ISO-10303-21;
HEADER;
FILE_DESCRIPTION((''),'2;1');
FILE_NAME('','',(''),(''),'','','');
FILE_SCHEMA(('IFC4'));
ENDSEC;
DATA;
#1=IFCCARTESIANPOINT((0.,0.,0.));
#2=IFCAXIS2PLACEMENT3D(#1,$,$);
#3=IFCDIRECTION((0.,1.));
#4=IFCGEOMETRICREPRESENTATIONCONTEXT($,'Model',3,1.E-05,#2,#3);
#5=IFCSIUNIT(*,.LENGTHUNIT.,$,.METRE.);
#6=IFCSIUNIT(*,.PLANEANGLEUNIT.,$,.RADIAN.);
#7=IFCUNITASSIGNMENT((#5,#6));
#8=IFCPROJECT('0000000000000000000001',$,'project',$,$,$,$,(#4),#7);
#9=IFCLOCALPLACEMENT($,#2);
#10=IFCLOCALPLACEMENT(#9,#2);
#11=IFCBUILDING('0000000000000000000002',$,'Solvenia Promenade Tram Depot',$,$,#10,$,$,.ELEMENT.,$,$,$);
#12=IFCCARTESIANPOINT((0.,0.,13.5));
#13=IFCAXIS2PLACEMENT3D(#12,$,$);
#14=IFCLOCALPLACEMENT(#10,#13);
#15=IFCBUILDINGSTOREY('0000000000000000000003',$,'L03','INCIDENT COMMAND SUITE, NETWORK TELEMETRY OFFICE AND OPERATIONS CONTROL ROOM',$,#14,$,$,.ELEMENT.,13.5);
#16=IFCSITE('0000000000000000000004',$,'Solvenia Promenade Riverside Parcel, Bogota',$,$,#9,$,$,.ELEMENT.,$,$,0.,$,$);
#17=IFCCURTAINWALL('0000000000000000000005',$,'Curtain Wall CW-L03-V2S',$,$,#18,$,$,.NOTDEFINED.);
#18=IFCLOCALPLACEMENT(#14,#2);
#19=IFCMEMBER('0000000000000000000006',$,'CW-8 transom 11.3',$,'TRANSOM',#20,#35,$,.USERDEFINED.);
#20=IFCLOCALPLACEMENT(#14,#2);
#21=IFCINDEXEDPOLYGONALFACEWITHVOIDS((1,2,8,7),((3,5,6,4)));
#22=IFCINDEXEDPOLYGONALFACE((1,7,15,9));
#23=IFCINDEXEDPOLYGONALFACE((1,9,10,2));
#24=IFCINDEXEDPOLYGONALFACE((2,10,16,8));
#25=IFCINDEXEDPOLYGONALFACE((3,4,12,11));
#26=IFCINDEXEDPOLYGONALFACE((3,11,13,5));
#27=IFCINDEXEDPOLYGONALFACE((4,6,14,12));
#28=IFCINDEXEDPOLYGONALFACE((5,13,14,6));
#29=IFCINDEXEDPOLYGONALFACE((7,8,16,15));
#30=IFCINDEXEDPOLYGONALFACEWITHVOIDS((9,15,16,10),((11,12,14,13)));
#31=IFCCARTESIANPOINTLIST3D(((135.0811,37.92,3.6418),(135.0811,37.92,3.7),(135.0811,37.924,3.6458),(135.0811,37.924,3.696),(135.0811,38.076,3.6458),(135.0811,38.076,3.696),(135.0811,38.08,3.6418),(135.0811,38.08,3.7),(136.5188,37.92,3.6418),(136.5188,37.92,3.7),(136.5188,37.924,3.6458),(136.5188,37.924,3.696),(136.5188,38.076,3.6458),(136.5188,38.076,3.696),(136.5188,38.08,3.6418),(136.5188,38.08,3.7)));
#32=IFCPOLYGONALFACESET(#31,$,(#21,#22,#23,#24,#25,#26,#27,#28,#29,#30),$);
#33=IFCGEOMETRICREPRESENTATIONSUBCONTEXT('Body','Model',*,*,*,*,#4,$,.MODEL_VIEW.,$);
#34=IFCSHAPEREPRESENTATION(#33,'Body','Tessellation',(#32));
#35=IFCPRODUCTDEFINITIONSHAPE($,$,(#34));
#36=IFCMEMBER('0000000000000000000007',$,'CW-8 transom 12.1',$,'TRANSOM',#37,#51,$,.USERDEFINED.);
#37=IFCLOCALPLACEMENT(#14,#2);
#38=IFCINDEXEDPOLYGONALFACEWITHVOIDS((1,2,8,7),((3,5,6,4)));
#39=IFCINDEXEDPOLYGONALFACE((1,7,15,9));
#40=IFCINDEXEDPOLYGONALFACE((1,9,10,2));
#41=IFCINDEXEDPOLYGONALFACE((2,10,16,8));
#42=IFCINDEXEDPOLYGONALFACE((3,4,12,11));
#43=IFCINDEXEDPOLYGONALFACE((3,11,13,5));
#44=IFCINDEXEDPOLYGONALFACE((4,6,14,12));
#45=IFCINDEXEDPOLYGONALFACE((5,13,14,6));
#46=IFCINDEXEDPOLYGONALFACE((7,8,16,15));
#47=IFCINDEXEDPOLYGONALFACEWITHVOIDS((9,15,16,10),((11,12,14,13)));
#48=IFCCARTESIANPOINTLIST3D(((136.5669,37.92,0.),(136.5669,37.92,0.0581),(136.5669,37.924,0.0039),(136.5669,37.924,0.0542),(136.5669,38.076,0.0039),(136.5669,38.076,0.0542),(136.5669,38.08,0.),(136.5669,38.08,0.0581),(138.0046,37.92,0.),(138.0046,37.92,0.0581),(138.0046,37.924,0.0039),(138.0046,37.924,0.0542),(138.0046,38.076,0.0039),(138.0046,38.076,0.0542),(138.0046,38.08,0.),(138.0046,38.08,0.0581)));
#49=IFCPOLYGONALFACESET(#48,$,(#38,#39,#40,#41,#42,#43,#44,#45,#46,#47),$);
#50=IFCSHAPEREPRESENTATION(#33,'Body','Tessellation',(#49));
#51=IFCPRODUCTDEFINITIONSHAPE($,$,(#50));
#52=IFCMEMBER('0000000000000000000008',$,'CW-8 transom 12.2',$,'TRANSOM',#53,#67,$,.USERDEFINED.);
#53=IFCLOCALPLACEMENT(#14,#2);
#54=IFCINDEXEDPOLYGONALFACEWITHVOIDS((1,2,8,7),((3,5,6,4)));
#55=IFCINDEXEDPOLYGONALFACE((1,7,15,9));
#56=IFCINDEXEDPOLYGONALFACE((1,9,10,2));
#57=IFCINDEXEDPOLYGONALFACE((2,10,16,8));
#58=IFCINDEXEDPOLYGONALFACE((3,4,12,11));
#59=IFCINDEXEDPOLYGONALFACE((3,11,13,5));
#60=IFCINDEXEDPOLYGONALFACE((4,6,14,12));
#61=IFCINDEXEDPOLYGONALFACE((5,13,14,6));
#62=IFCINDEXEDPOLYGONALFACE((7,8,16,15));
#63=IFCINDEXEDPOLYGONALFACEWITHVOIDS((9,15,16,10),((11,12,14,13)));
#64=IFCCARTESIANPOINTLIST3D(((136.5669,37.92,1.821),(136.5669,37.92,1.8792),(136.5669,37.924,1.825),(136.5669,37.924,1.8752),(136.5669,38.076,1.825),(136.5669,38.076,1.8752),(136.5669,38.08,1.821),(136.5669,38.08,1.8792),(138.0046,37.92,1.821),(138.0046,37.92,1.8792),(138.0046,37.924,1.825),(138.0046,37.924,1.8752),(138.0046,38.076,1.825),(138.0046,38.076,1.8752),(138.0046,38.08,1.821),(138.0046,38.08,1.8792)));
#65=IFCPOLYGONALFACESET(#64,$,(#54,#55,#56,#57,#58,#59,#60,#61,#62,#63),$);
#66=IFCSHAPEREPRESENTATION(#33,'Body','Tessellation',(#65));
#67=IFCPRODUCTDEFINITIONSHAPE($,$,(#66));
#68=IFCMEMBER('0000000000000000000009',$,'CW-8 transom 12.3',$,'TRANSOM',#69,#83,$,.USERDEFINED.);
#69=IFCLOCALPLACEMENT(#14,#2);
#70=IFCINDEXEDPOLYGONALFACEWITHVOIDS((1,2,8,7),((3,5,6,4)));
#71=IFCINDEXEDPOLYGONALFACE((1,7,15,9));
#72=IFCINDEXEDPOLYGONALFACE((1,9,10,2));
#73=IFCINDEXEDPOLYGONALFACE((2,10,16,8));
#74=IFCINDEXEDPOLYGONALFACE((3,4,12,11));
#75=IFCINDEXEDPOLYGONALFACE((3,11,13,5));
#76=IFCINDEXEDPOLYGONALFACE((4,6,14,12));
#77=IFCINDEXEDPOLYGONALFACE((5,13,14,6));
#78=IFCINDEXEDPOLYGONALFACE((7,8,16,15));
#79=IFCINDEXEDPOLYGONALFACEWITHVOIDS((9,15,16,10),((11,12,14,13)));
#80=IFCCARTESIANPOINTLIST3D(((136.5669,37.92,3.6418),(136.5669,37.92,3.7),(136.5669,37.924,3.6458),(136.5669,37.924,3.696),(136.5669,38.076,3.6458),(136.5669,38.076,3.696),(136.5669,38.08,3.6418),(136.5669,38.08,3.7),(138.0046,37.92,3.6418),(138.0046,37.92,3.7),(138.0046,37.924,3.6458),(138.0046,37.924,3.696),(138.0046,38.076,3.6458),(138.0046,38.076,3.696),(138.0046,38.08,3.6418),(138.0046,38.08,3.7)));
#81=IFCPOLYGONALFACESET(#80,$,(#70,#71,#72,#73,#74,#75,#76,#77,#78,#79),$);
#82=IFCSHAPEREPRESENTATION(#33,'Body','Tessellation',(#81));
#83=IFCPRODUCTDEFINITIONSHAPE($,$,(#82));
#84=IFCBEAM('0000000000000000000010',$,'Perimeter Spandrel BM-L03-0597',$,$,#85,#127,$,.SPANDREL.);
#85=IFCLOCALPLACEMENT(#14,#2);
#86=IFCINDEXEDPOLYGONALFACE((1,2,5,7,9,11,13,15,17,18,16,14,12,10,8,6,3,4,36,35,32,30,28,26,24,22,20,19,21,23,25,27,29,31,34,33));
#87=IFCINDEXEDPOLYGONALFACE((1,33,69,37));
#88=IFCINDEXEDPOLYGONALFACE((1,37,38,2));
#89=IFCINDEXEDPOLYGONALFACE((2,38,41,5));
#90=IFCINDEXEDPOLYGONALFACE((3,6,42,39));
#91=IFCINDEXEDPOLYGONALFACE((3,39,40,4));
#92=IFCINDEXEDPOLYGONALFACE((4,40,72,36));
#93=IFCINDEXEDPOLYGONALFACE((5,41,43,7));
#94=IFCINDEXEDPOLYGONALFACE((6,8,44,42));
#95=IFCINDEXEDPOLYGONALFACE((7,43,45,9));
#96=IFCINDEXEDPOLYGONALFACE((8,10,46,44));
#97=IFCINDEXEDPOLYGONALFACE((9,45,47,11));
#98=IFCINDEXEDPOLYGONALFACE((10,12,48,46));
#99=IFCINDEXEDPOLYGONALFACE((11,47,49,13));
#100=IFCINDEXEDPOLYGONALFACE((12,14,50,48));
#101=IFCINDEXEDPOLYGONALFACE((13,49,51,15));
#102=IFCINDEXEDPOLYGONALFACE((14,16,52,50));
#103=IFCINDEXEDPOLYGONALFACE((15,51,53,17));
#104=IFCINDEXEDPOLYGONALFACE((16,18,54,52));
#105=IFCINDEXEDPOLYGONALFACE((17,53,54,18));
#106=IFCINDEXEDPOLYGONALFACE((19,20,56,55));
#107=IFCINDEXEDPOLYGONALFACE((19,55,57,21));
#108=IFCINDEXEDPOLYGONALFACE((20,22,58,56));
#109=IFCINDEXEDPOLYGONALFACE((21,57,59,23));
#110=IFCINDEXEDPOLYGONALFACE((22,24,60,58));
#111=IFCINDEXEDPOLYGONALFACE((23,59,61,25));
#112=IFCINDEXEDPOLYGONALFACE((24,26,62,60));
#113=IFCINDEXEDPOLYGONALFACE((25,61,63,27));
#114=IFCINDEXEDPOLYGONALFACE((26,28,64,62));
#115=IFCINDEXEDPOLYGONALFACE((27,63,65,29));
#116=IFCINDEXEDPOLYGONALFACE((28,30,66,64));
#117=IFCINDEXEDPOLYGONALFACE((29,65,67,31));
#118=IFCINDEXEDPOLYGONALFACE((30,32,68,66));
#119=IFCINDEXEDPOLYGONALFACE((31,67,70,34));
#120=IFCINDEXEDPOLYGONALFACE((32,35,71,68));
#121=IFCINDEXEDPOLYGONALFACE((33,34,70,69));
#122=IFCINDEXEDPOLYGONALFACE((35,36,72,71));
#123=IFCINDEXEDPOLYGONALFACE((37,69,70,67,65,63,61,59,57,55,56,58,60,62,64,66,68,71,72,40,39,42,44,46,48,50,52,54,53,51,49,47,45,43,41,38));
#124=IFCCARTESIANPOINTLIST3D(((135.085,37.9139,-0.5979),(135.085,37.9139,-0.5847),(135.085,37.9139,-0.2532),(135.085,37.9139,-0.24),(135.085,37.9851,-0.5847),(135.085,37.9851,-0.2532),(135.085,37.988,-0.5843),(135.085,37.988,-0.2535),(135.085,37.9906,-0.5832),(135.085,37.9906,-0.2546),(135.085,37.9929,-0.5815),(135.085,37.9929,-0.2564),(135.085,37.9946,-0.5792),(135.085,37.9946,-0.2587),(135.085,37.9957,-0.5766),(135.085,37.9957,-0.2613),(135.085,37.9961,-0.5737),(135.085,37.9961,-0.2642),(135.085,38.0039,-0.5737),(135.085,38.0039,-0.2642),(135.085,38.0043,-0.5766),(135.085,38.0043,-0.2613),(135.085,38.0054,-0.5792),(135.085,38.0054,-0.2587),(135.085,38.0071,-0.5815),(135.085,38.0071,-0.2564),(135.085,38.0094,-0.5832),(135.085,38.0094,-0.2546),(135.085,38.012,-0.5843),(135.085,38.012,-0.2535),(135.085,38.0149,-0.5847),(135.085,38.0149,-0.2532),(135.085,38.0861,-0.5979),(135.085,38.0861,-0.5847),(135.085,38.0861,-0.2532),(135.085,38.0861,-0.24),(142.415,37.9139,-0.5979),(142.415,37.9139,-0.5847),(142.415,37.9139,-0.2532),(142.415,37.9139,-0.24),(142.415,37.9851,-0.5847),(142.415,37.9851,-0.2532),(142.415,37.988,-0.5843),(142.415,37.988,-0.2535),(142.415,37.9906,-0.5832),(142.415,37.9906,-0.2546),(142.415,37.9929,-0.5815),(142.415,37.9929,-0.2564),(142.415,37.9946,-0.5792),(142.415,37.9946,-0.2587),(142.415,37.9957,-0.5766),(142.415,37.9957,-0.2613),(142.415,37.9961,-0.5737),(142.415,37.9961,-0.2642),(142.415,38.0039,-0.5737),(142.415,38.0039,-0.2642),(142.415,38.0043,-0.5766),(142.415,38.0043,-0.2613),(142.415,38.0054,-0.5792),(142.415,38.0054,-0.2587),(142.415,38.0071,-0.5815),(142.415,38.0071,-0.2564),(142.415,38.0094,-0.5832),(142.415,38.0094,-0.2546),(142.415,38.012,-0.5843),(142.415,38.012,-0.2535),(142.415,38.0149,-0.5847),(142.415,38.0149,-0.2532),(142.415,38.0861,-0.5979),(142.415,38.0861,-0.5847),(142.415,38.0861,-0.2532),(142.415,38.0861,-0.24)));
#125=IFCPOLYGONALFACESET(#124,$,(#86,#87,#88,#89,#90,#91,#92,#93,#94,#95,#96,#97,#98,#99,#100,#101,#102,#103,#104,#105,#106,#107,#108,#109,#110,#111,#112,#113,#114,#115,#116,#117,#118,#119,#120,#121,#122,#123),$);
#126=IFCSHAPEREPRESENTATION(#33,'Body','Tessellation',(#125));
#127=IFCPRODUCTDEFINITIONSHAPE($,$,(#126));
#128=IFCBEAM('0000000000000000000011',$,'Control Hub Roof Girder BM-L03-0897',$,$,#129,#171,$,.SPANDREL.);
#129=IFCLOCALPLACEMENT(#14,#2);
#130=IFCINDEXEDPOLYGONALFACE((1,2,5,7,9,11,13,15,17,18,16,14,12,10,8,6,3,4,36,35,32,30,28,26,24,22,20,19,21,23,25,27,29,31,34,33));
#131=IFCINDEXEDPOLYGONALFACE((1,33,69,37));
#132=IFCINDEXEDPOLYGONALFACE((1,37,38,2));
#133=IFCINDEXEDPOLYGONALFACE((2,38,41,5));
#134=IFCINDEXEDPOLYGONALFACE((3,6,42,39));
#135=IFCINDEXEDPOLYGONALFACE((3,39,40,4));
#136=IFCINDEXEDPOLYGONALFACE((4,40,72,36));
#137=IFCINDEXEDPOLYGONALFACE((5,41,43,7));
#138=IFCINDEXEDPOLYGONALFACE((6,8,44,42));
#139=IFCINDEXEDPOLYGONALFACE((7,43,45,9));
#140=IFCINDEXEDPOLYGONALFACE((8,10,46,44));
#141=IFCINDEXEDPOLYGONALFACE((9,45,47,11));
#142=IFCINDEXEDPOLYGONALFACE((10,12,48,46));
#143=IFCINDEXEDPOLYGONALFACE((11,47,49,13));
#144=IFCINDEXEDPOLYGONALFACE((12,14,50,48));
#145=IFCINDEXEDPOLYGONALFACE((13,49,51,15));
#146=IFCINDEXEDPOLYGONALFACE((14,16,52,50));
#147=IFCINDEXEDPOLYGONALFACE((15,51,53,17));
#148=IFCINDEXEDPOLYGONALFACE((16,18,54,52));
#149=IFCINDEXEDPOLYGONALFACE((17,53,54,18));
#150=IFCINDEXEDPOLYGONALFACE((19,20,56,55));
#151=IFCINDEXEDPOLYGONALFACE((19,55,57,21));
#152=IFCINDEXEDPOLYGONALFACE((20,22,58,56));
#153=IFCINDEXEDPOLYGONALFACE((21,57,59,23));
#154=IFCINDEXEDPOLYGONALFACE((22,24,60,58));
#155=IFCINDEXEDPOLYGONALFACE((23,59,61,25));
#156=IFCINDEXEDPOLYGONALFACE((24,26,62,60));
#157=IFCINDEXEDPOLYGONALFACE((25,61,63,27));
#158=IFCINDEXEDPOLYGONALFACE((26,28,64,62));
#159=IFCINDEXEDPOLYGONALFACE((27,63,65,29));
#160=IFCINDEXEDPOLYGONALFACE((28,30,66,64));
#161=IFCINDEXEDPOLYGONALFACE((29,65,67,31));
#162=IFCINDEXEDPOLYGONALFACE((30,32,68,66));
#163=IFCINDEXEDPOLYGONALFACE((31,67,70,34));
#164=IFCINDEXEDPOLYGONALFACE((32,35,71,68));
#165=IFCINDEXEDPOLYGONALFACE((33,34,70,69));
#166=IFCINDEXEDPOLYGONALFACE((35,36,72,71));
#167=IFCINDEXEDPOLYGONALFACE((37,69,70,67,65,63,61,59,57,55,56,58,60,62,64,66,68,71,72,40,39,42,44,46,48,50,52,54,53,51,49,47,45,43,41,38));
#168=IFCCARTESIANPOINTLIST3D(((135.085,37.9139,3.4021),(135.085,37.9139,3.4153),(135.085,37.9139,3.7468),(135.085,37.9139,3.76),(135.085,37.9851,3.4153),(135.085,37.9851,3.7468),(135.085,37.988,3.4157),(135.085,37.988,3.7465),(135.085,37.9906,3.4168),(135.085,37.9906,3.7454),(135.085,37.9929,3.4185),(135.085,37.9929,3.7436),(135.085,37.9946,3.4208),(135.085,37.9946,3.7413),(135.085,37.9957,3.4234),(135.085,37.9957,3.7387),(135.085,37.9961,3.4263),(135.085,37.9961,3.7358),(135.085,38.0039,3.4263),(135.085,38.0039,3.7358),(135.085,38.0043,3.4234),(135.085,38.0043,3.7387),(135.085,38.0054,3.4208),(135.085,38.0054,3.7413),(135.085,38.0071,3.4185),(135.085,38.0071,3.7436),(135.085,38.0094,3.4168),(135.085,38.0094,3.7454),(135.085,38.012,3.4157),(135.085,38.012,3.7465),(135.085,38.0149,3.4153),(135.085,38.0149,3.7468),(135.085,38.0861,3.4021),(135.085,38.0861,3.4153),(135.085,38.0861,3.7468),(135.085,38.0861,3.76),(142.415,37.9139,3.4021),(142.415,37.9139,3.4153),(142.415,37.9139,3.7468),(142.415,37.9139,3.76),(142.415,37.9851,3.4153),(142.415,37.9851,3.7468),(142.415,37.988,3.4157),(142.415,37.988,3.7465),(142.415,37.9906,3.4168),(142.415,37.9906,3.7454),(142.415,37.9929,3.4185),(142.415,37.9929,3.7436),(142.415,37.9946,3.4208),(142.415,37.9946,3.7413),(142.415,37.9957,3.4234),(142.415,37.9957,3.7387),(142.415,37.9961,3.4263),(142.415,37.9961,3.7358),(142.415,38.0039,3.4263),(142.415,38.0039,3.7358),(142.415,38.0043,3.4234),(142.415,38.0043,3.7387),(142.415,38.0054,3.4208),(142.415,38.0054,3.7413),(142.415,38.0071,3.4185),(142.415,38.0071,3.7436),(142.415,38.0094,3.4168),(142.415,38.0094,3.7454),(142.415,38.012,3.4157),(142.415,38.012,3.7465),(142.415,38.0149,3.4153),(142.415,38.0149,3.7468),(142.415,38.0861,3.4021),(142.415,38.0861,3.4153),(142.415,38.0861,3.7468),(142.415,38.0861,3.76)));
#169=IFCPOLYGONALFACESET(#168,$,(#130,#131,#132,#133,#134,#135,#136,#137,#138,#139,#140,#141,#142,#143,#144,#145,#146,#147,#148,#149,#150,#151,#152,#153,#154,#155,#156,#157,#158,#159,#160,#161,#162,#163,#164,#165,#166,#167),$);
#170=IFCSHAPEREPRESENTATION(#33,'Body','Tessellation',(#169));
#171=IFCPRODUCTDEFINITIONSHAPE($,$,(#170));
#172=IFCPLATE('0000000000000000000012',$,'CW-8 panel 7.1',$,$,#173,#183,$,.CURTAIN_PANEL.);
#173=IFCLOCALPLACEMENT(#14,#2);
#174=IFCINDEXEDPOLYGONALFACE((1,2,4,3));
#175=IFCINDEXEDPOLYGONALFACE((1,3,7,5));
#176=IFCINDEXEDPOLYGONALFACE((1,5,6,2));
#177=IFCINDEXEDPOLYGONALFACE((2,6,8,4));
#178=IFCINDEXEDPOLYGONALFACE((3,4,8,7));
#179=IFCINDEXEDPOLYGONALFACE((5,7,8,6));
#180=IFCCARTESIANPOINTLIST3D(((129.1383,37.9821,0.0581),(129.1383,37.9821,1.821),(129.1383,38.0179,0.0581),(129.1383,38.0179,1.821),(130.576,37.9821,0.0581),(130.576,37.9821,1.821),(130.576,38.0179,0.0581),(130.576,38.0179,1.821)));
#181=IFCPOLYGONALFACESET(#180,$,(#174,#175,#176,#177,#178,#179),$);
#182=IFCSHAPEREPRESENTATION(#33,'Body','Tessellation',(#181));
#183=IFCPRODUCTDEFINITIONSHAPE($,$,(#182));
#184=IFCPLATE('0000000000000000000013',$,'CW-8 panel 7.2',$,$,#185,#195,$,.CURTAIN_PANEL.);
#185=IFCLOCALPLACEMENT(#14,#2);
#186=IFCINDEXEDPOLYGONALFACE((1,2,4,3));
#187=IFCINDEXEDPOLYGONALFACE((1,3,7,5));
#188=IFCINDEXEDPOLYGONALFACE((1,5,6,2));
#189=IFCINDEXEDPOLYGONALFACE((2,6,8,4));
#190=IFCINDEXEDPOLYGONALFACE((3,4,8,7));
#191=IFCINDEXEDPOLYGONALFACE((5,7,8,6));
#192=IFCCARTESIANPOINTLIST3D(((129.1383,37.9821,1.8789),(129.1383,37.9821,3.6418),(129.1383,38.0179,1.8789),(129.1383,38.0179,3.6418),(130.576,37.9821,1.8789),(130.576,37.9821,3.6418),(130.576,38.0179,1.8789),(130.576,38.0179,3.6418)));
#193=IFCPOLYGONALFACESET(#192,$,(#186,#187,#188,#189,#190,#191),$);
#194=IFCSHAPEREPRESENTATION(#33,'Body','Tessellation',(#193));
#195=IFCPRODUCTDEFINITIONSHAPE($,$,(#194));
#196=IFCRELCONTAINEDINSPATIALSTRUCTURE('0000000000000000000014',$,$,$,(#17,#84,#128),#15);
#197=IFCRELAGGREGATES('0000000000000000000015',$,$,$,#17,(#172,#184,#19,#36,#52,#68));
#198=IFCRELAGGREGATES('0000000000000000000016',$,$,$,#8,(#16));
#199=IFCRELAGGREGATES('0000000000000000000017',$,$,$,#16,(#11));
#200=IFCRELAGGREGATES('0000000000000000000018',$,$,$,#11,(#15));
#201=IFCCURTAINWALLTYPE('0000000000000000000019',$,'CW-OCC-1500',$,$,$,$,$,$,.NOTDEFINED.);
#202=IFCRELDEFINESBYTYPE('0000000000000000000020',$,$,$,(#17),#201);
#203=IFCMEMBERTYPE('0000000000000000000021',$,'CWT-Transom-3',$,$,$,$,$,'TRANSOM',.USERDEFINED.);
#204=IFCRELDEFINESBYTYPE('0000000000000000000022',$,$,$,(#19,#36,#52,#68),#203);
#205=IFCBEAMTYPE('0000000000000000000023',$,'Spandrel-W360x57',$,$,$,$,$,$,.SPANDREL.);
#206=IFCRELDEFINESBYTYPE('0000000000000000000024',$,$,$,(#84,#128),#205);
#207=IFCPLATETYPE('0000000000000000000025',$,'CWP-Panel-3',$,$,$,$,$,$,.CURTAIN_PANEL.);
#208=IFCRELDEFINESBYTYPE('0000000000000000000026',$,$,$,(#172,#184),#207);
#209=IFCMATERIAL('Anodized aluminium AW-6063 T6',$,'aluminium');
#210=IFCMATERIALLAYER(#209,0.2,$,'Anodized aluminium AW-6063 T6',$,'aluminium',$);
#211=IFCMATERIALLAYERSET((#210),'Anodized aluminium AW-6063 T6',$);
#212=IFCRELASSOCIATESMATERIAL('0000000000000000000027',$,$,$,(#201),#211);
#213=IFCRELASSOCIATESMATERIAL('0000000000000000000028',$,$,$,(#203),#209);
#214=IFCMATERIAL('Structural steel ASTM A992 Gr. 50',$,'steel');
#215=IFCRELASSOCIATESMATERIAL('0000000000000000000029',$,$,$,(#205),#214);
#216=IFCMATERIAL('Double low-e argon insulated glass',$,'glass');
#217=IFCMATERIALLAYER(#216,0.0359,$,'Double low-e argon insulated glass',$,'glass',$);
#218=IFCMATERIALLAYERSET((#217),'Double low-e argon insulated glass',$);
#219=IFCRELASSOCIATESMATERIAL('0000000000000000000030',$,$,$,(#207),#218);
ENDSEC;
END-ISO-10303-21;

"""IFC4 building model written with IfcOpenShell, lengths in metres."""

from ifc_helpers import new_model, si_unit, direction, frame, origin, origin_2d, place, context, subcontext, project, spatial, rectangle, hollow_rectangle, i_section, extrude, material, layer, layer_set, material_profile, profile_set, type_object, element, aggregate, save


model = new_model("IFC4")

# Units and contexts
model_context = context("Model", 3, precision=1e-05, world=origin(), true_north=direction((0.0, 1.0)))
body_context = subcontext(model_context, "Body", "Model", "MODEL_VIEW")
ifc_project = project(units=[si_unit("LENGTHUNIT", "METRE"), si_unit("PLANEANGLEUNIT", "RADIAN")], contexts=[model_context])

# Site, building, storey
site_placement = place(None, origin())
site = spatial("IfcSite", under=ifc_project, at=site_placement, Name="Solvenia Promenade Riverside Parcel, Bogota", CompositionType="ELEMENT", RefElevation=0.0)
building_placement = place(site_placement, origin())
building = spatial("IfcBuilding", under=site, at=building_placement, Name="Solvenia Promenade Tram Depot", CompositionType="ELEMENT")
storey_placement = place(building_placement, frame((0.0, 0.0, 13.5)))
storey = spatial("IfcBuildingStorey", under=building, at=storey_placement, Name="L03", Description="INCIDENT COMMAND SUITE, NETWORK TELEMETRY OFFICE AND OPERATIONS CONTROL ROOM", CompositionType="ELEMENT", Elevation=13.5)

# Shared definitions
ifc_material_1 = material(Name="Structural steel ASTM A992 Gr. 50", Category="steel")

# Curtain wall, members
ifc_material_2 = material(Name="Anodized aluminium AW-6063 T6", Category="aluminium")
ifc_layer_1 = layer(ifc_material_2, 0.2, Name="Anodized aluminium AW-6063 T6", Category="aluminium")
ifc_layer_set_1 = layer_set([ifc_layer_1], Name="Anodized aluminium AW-6063 T6")
curtain_wall_type = type_object("IfcCurtainWallType", Name="CW-OCC-1500", PredefinedType="NOTDEFINED", material=ifc_layer_set_1)
curtain_wall_placement = place(storey_placement, origin())
curtain_wall = element("IfcCurtainWall", 1, at=curtain_wall_placement, inside=storey, type_object=curtain_wall_type, Name="Curtain Wall CW-L03-V2S", PredefinedType="NOTDEFINED")
ifc_material_profile_1 = material_profile(ifc_material_2, hollow_rectangle(XDim=0.1599, YDim=0.0581, WallThickness=0.0039, at=origin_2d()), Name="ALU-T3", Category="aluminium")
ifc_profile_set_1 = profile_set([ifc_material_profile_1], Name="Anodized aluminium AW-6063 T6")
member_type_1 = type_object("IfcMemberType", Name="CWT-Transom-3", ElementType="TRANSOM", PredefinedType="USERDEFINED", material=ifc_profile_set_1)
member_1_placement = place(storey_placement, frame((135.0811, 38.0, 3.6709), z_axis=(1.0, 0.0, 0.0), x_axis=(0.0, 1.0, 0.0)))
member_1 = element("IfcMember", 2, at=member_1_placement, type_object=member_type_1, Name="CW-8 transom 11.3", ObjectType="TRANSOM", PredefinedType="USERDEFINED", context=body_context, shape_type="SweptSolid", body=[
    extrude(hollow_rectangle(XDim=0.1599, YDim=0.0581, WallThickness=0.0039, at=origin_2d()), origin(), (0.0, 0.0, 1.0), 1.4377),
])
member_2_placement = place(storey_placement, frame((136.5669, 38.0, 0.0291), z_axis=(1.0, 0.0, 0.0), x_axis=(0.0, 1.0, 0.0)))
member_2 = element("IfcMember", 3, at=member_2_placement, type_object=member_type_1, Name="CW-8 transom 12.1", ObjectType="TRANSOM", PredefinedType="USERDEFINED", context=body_context, shape_type="SweptSolid", body=[
    extrude(hollow_rectangle(XDim=0.1599, YDim=0.0581, WallThickness=0.0039, at=origin_2d()), origin(), (0.0, 0.0, 1.0), 1.4377),
])
member_3_placement = place(storey_placement, frame((136.5669, 38.0, 1.8501), z_axis=(1.0, 0.0, 0.0), x_axis=(0.0, 1.0, 0.0)))
member_3 = element("IfcMember", 4, at=member_3_placement, type_object=member_type_1, Name="CW-8 transom 12.2", ObjectType="TRANSOM", PredefinedType="USERDEFINED", context=body_context, shape_type="SweptSolid", body=[
    extrude(hollow_rectangle(XDim=0.1599, YDim=0.0581, WallThickness=0.0039, at=origin_2d()), origin(), (0.0, 0.0, 1.0), 1.4377),
])
member_4_placement = place(storey_placement, frame((136.5669, 38.0, 3.6709), z_axis=(1.0, 0.0, 0.0), x_axis=(0.0, 1.0, 0.0)))
member_4 = element("IfcMember", 5, at=member_4_placement, type_object=member_type_1, Name="CW-8 transom 12.3", ObjectType="TRANSOM", PredefinedType="USERDEFINED", context=body_context, shape_type="SweptSolid", body=[
    extrude(hollow_rectangle(XDim=0.1599, YDim=0.0581, WallThickness=0.0039, at=origin_2d()), origin(), (0.0, 0.0, 1.0), 1.4377),
])

# Beams
ifc_material_profile_2 = material_profile(ifc_material_1, i_section(OverallWidth=0.1721, OverallDepth=0.3579, WebThickness=0.0078, FlangeThickness=0.0132, FilletRadius=0.011, at=origin_2d()), Name="W360x57", Category="steel")
ifc_profile_set_2 = profile_set([ifc_material_profile_2], Name="Structural steel ASTM A992 Gr. 50")
beam_type = type_object("IfcBeamType", Name="Spandrel-W360x57", PredefinedType="SPANDREL", material=ifc_profile_set_2)
for number, where, z_axis, x_axis, name in (
    (6, (135.085, 38.0, -0.4189), (1.0, 0.0, 0.0), (0.0, 1.0, 0.0), "Perimeter Spandrel BM-L03-0597"),
    (7, (135.085, 38.0, 3.5811), (1.0, 0.0, 0.0), (0.0, 1.0, 0.0), "Control Hub Roof Girder BM-L03-0897"),
):
    element("IfcBeam", number, at=place(storey_placement, frame(where, z_axis=z_axis, x_axis=x_axis)), inside=storey, type_object=beam_type, Name=name, PredefinedType="SPANDREL", context=body_context, shape_type="SweptSolid", body=[
        extrude(i_section(OverallWidth=0.1721, OverallDepth=0.3579, WebThickness=0.0078, FlangeThickness=0.0132, FilletRadius=0.011, at=origin_2d()), origin(), (0.0, 0.0, 1.0), 7.3301),
    ])

# Plates
ifc_material_3 = material(Name="Double low-e argon insulated glass", Category="glass")
ifc_layer_2 = layer(ifc_material_3, 0.0359, Name="Double low-e argon insulated glass", Category="glass")
ifc_layer_set_2 = layer_set([ifc_layer_2], Name="Double low-e argon insulated glass")
plate_type = type_object("IfcPlateType", Name="CWP-Panel-3", PredefinedType="CURTAIN_PANEL", material=ifc_layer_set_2)
plate_1_placement = place(storey_placement, frame((129.8572, 38.0, 0.0581), z_axis=(0.0, 0.0, 1.0), x_axis=(1.0, 0.0, 0.0)))
plate_1 = element("IfcPlate", 8, at=plate_1_placement, type_object=plate_type, Name="CW-8 panel 7.1", PredefinedType="CURTAIN_PANEL", context=body_context, shape_type="SweptSolid", body=[
    extrude(rectangle(XDim=1.4377, YDim=0.0359, at=origin_2d()), origin(), (0.0, 0.0, 1.0), 1.7629),
])
plate_2_placement = place(storey_placement, frame((129.8572, 38.0, 1.8789), z_axis=(0.0, 0.0, 1.0), x_axis=(1.0, 0.0, 0.0)))
plate_2 = element("IfcPlate", 9, at=plate_2_placement, type_object=plate_type, Name="CW-8 panel 7.2", PredefinedType="CURTAIN_PANEL", context=body_context, shape_type="SweptSolid", body=[
    extrude(rectangle(XDim=1.4377, YDim=0.0359, at=origin_2d()), origin(), (0.0, 0.0, 1.0), 1.7629),
])
aggregate(curtain_wall, [plate_1, plate_2, member_1, member_2, member_3, member_4])

save(model, "model.ifc")
